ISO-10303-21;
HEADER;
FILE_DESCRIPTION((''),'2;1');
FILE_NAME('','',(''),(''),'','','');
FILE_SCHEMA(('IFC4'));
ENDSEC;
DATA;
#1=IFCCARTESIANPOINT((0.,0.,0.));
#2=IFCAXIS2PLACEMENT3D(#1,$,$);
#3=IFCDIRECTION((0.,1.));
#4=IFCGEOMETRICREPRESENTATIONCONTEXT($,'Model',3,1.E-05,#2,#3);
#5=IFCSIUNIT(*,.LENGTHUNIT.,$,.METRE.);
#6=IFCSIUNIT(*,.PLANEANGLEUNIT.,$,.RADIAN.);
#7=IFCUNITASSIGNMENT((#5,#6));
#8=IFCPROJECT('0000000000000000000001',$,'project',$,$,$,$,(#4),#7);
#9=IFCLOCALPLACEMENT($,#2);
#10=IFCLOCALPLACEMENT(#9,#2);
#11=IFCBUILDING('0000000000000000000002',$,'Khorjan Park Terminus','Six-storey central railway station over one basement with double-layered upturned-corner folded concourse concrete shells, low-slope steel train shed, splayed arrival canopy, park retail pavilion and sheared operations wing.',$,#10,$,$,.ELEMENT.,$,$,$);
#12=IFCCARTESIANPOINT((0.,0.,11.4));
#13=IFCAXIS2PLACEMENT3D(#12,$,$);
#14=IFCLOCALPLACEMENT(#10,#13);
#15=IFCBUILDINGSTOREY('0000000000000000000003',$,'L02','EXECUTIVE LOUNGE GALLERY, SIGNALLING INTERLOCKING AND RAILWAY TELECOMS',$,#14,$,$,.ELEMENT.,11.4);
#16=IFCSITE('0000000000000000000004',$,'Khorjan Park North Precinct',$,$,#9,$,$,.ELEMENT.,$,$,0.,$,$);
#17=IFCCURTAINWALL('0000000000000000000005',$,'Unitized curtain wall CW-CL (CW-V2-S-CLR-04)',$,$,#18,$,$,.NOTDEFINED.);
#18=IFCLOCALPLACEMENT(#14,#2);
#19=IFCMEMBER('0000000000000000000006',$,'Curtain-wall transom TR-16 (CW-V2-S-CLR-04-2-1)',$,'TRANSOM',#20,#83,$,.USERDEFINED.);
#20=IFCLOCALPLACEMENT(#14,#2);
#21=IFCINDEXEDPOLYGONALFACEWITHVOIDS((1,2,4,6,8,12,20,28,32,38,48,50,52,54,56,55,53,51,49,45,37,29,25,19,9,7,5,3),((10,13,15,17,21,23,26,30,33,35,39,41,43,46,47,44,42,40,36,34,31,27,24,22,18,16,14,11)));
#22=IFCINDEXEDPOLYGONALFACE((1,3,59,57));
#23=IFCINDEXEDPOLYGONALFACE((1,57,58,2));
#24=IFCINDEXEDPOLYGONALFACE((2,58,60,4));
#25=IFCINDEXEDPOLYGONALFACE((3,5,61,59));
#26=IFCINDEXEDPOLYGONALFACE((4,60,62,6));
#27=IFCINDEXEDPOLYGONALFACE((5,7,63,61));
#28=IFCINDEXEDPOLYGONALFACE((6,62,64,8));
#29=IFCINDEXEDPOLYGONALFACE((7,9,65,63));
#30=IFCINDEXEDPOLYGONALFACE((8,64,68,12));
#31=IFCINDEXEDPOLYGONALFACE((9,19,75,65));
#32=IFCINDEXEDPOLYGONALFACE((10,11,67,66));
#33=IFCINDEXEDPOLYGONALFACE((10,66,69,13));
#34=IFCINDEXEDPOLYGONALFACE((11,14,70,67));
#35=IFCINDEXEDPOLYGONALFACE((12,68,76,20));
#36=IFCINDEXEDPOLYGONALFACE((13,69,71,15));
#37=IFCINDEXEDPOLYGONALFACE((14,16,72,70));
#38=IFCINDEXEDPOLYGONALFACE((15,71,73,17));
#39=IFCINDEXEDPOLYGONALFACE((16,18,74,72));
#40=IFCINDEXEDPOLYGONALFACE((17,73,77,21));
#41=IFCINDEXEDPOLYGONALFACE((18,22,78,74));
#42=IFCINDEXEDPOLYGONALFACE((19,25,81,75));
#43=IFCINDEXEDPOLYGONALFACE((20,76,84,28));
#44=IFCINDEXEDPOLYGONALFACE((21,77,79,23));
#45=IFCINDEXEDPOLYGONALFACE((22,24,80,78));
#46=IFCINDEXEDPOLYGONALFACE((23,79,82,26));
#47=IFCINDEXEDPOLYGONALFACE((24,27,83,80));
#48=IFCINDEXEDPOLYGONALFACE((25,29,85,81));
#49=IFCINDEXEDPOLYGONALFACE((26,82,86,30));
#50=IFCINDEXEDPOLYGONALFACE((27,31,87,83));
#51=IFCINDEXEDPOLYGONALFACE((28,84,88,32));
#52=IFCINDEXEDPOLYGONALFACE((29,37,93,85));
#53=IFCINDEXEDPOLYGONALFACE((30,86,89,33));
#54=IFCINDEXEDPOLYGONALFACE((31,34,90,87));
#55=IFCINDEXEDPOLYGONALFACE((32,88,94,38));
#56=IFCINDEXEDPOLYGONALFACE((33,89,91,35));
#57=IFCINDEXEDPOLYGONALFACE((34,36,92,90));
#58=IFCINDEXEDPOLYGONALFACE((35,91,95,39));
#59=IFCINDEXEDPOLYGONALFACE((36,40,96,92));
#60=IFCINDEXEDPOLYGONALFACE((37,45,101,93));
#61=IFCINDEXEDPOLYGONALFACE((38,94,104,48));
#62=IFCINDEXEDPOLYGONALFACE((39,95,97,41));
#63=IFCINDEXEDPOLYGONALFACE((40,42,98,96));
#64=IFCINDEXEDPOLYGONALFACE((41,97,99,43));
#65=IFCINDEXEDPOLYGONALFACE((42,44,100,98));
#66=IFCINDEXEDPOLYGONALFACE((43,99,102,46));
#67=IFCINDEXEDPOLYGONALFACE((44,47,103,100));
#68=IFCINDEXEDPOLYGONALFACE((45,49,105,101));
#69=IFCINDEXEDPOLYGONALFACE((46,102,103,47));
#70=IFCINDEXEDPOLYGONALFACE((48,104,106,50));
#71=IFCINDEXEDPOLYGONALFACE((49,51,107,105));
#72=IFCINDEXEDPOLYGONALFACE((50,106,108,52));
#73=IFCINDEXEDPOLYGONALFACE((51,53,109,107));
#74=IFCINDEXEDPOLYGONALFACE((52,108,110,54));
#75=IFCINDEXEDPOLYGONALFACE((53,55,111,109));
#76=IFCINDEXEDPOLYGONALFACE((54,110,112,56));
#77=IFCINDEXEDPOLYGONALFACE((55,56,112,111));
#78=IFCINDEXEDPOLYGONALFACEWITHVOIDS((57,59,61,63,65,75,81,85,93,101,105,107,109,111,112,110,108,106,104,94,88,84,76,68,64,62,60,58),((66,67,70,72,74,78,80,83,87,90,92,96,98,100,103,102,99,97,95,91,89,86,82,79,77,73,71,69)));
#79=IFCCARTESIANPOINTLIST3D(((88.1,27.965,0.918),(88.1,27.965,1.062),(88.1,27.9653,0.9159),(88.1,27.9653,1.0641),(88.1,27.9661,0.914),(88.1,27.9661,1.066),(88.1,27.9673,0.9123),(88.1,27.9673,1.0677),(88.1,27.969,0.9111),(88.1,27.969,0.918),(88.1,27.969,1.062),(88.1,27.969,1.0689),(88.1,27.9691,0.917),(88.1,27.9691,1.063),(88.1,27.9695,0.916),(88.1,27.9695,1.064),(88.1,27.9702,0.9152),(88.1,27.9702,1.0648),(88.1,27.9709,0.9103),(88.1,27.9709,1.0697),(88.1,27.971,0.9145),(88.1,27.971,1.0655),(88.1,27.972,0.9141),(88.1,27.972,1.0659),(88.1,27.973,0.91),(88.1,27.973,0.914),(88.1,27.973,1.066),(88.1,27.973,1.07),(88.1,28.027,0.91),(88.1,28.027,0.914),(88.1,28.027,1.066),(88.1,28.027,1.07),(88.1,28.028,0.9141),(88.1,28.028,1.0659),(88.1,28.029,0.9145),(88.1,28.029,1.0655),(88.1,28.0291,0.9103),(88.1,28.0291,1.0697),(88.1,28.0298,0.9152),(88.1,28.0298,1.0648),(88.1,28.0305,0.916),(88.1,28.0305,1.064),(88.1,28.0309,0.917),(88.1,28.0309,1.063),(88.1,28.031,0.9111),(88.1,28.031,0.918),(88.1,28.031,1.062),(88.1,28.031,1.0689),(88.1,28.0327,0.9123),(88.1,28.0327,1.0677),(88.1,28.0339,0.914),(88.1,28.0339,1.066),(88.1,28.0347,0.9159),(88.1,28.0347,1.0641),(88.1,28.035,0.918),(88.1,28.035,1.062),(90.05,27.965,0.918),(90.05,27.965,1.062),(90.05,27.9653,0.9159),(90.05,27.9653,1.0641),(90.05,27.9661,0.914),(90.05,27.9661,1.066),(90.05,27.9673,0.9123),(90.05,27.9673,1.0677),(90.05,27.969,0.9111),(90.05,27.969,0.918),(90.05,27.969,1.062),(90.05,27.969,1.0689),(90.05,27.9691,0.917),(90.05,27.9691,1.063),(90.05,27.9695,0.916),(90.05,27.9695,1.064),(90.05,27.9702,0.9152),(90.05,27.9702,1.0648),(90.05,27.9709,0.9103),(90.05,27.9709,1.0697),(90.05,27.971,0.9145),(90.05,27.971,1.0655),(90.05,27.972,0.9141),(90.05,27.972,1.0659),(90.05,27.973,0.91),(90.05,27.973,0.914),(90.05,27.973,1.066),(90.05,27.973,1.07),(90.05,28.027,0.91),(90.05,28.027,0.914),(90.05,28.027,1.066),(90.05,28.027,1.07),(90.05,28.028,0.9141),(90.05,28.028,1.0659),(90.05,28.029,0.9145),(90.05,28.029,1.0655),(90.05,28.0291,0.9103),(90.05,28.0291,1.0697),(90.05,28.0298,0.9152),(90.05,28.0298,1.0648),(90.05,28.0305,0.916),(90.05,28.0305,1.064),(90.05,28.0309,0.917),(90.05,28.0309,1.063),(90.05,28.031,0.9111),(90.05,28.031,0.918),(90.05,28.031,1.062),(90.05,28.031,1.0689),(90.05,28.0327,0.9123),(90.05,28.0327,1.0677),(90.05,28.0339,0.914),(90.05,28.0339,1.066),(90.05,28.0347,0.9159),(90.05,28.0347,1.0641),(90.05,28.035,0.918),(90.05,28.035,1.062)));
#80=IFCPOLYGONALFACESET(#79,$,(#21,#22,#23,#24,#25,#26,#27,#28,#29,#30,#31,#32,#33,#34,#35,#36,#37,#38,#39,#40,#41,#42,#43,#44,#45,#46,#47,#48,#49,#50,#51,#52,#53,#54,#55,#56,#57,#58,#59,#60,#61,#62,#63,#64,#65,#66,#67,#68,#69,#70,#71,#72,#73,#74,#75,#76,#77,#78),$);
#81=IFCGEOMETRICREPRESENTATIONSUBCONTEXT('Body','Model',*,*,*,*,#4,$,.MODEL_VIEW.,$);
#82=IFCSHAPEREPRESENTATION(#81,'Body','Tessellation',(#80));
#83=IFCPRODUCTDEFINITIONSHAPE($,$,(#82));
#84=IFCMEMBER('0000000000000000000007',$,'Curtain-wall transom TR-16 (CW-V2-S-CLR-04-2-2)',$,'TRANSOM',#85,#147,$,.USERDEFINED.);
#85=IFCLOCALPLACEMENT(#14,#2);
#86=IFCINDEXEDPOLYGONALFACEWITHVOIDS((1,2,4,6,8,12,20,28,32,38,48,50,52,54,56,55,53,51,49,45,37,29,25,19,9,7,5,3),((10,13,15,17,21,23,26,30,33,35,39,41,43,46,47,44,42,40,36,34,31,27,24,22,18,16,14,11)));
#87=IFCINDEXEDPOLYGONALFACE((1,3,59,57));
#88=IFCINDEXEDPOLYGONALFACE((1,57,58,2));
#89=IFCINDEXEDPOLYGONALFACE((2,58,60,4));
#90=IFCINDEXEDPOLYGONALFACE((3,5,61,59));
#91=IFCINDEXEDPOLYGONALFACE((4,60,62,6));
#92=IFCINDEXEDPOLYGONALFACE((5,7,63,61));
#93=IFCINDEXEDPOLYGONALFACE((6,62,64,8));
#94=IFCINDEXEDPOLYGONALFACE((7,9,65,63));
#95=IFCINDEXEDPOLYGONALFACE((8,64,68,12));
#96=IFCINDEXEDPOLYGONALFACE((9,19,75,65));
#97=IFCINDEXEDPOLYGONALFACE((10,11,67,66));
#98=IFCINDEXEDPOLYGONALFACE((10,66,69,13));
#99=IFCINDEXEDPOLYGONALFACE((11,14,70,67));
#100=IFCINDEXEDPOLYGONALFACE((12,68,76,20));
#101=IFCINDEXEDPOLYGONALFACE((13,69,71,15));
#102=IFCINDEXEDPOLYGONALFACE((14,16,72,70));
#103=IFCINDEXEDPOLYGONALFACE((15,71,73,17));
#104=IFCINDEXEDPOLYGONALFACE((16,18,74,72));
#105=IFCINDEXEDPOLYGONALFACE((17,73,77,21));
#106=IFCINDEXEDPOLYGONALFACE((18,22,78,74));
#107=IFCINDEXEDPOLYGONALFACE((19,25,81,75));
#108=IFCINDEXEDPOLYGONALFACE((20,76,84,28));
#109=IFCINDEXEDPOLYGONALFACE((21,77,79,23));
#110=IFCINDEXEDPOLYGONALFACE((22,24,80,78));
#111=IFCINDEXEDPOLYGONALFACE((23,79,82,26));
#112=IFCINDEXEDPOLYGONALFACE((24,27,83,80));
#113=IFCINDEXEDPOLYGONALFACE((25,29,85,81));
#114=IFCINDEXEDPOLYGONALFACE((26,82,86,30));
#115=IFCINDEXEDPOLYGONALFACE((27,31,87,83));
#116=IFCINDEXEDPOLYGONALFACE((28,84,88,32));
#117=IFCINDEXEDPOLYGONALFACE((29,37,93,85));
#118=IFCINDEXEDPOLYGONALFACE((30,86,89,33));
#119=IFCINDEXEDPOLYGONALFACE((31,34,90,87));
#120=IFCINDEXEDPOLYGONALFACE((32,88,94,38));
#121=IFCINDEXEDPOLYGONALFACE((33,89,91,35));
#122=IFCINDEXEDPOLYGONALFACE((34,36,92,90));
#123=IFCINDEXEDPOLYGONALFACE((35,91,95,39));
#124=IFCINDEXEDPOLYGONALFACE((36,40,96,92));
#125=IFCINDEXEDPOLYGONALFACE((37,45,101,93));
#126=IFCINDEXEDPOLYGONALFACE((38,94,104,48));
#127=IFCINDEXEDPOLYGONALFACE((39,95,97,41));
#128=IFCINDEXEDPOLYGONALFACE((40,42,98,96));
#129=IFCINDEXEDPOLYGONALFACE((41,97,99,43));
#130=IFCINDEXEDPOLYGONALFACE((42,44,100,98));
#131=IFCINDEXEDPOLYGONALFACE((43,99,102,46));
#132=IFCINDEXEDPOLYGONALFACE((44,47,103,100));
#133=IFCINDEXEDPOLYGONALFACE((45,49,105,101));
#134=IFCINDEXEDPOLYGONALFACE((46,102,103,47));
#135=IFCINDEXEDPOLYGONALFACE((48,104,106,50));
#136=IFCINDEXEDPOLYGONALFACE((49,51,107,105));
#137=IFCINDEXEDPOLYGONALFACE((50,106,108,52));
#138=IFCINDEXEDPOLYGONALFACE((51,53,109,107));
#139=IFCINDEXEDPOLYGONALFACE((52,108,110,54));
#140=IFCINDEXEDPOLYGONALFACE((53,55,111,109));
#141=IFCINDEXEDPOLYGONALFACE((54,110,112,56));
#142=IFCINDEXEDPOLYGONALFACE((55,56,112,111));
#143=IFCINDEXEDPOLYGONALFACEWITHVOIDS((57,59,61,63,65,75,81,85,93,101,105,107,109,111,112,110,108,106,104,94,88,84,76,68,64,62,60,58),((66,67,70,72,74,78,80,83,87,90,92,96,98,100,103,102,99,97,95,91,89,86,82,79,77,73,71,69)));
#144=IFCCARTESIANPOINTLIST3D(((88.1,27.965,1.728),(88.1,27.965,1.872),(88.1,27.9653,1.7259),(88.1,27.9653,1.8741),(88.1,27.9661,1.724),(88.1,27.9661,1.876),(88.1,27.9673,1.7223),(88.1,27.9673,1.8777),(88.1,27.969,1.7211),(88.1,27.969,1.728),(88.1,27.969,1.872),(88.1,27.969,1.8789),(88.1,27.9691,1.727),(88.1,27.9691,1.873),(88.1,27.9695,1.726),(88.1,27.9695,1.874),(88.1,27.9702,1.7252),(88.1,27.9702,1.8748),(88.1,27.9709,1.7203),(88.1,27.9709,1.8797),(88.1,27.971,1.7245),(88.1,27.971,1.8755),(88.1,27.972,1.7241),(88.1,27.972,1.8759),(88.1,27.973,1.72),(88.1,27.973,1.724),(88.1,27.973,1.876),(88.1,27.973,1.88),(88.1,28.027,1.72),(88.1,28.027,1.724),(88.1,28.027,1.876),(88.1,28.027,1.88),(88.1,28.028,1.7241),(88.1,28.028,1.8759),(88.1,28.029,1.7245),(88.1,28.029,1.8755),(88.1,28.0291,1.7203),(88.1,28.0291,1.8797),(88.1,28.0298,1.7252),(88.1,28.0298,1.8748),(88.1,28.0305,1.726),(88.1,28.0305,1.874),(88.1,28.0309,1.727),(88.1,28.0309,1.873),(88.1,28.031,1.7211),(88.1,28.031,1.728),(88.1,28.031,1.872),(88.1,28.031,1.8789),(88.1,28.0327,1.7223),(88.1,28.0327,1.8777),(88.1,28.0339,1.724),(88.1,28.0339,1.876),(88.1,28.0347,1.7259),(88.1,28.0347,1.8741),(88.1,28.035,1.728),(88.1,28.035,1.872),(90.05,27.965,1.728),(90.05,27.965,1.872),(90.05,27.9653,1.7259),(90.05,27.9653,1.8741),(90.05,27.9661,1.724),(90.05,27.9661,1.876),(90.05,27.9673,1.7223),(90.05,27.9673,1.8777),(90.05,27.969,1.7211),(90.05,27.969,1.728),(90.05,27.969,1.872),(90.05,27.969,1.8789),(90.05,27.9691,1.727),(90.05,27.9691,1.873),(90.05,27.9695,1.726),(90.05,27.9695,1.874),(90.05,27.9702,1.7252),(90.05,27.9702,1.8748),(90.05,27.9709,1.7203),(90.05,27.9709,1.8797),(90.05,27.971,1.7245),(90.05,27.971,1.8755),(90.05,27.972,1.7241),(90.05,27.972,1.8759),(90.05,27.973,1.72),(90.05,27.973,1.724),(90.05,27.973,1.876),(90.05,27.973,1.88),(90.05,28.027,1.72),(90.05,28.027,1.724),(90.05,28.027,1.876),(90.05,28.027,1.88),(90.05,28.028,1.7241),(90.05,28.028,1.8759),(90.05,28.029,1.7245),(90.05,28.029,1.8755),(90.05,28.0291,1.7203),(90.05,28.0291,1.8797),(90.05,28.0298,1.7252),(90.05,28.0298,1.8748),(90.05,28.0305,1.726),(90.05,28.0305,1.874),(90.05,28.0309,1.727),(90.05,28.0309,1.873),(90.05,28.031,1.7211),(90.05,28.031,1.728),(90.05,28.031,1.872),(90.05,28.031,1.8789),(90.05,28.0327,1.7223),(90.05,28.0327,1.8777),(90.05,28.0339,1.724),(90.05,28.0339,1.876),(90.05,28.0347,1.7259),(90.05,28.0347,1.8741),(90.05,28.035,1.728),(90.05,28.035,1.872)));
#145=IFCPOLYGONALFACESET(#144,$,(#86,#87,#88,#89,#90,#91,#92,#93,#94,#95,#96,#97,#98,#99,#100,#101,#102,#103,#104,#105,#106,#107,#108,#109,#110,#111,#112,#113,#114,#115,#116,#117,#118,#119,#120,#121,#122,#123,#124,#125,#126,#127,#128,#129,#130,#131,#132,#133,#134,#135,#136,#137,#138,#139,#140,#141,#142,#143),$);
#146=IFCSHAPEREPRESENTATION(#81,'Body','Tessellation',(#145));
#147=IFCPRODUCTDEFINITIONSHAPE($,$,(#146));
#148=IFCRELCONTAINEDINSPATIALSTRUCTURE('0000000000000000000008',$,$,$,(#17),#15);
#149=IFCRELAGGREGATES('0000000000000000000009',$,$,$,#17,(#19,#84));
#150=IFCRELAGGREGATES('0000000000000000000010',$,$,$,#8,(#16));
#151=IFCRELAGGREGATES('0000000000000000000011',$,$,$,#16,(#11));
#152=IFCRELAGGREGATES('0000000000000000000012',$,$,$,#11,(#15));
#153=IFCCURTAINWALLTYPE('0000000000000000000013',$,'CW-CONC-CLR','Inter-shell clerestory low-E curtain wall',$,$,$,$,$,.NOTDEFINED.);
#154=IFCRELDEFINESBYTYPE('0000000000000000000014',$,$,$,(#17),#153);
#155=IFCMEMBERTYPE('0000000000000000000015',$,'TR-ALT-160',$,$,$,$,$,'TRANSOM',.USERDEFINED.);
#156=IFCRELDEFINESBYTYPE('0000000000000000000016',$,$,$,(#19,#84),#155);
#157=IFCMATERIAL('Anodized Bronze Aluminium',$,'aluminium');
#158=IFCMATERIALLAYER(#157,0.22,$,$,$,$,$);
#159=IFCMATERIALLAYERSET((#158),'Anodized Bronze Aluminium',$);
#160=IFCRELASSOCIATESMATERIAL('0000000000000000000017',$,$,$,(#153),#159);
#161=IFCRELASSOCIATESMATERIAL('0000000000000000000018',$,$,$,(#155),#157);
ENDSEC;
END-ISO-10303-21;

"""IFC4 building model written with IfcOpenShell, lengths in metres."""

from ifc_helpers import new_model, si_unit, direction, frame, origin, origin_2d, place, context, subcontext, project, spatial, hollow_rectangle, extrude, material, layer, layer_set, material_profile, profile_set, type_object, element, aggregate, save


model = new_model("IFC4")

# Units and contexts
model_context = context("Model", 3, precision=1e-05, world=origin(), true_north=direction((0.0, 1.0)))
body_context = subcontext(model_context, "Body", "Model", "MODEL_VIEW")
ifc_project = project(units=[si_unit("LENGTHUNIT", "METRE"), si_unit("PLANEANGLEUNIT", "RADIAN")], contexts=[model_context])

# Site, building, storey
site_placement = place(None, origin())
site = spatial("IfcSite", under=ifc_project, at=site_placement, Name="Khorjan Park North Precinct", CompositionType="ELEMENT", RefElevation=0.0)
building_placement = place(site_placement, origin())
building = spatial("IfcBuilding", under=site, at=building_placement, Name="Khorjan Park Terminus", Description="Six-storey central railway station over one basement with double-layered upturned-corner folded concourse concrete shells, low-slope steel train shed, splayed arrival canopy, park retail pavilion and sheared operations wing.", CompositionType="ELEMENT")
storey_placement = place(building_placement, frame((0.0, 0.0, 11.4)))
storey = spatial("IfcBuildingStorey", under=building, at=storey_placement, Name="L02", Description="EXECUTIVE LOUNGE GALLERY, SIGNALLING INTERLOCKING AND RAILWAY TELECOMS", CompositionType="ELEMENT", Elevation=11.4)

# Curtain wall
ifc_material_1 = material(Name="Anodized Bronze Aluminium", Category="aluminium")
ifc_layer_1 = layer(ifc_material_1, 0.22)
ifc_layer_set_1 = layer_set([ifc_layer_1], Name="Anodized Bronze Aluminium")
curtain_wall_type = type_object("IfcCurtainWallType", Name="CW-CONC-CLR", Description="Inter-shell clerestory low-E curtain wall", PredefinedType="NOTDEFINED", material=ifc_layer_set_1)
curtain_wall_1_placement = place(storey_placement, origin())
curtain_wall_1 = element("IfcCurtainWall", 1, at=curtain_wall_1_placement, inside=storey, type_object=curtain_wall_type, Name="Unitized curtain wall CW-CL (CW-V2-S-CLR-04)", PredefinedType="NOTDEFINED")

# Members
ifc_material_profile_1 = material_profile(ifc_material_1, hollow_rectangle(XDim=0.07, YDim=0.16, WallThickness=0.004, InnerFilletRadius=0.004, OuterFilletRadius=0.008, at=origin_2d()), Name="ALT 70x160x4")
ifc_profile_set_1 = profile_set([ifc_material_profile_1], Name="Anodized Bronze Aluminium")
member_type_1 = type_object("IfcMemberType", Name="TR-ALT-160", ElementType="TRANSOM", PredefinedType="USERDEFINED", material=ifc_profile_set_1)
member_1_placement = place(storey_placement, frame((88.1, 28.0, 0.99), z_axis=(1.0, 0.0, 0.0), x_axis=(0.0, 1.0, 0.0)))
member_1 = element("IfcMember", 2, at=member_1_placement, type_object=member_type_1, Name="Curtain-wall transom TR-16 (CW-V2-S-CLR-04-2-1)", ObjectType="TRANSOM", PredefinedType="USERDEFINED", context=body_context, shape_type="SweptSolid", body=[
    extrude(hollow_rectangle(XDim=0.07, YDim=0.16, WallThickness=0.004, InnerFilletRadius=0.004, OuterFilletRadius=0.008, at=origin_2d()), origin(), (0.0, 0.0, 1.0), 1.95),
])
member_2_placement = place(storey_placement, frame((88.1, 28.0, 1.8), z_axis=(1.0, 0.0, 0.0), x_axis=(0.0, 1.0, 0.0)))
member_2 = element("IfcMember", 3, at=member_2_placement, type_object=member_type_1, Name="Curtain-wall transom TR-16 (CW-V2-S-CLR-04-2-2)", ObjectType="TRANSOM", PredefinedType="USERDEFINED", context=body_context, shape_type="SweptSolid", body=[
    extrude(hollow_rectangle(XDim=0.07, YDim=0.16, WallThickness=0.004, InnerFilletRadius=0.004, OuterFilletRadius=0.008, at=origin_2d()), origin(), (0.0, 0.0, 1.0), 1.95),
])

aggregate(curtain_wall_1, [member_1, member_2])

save(model, "model.ifc")
